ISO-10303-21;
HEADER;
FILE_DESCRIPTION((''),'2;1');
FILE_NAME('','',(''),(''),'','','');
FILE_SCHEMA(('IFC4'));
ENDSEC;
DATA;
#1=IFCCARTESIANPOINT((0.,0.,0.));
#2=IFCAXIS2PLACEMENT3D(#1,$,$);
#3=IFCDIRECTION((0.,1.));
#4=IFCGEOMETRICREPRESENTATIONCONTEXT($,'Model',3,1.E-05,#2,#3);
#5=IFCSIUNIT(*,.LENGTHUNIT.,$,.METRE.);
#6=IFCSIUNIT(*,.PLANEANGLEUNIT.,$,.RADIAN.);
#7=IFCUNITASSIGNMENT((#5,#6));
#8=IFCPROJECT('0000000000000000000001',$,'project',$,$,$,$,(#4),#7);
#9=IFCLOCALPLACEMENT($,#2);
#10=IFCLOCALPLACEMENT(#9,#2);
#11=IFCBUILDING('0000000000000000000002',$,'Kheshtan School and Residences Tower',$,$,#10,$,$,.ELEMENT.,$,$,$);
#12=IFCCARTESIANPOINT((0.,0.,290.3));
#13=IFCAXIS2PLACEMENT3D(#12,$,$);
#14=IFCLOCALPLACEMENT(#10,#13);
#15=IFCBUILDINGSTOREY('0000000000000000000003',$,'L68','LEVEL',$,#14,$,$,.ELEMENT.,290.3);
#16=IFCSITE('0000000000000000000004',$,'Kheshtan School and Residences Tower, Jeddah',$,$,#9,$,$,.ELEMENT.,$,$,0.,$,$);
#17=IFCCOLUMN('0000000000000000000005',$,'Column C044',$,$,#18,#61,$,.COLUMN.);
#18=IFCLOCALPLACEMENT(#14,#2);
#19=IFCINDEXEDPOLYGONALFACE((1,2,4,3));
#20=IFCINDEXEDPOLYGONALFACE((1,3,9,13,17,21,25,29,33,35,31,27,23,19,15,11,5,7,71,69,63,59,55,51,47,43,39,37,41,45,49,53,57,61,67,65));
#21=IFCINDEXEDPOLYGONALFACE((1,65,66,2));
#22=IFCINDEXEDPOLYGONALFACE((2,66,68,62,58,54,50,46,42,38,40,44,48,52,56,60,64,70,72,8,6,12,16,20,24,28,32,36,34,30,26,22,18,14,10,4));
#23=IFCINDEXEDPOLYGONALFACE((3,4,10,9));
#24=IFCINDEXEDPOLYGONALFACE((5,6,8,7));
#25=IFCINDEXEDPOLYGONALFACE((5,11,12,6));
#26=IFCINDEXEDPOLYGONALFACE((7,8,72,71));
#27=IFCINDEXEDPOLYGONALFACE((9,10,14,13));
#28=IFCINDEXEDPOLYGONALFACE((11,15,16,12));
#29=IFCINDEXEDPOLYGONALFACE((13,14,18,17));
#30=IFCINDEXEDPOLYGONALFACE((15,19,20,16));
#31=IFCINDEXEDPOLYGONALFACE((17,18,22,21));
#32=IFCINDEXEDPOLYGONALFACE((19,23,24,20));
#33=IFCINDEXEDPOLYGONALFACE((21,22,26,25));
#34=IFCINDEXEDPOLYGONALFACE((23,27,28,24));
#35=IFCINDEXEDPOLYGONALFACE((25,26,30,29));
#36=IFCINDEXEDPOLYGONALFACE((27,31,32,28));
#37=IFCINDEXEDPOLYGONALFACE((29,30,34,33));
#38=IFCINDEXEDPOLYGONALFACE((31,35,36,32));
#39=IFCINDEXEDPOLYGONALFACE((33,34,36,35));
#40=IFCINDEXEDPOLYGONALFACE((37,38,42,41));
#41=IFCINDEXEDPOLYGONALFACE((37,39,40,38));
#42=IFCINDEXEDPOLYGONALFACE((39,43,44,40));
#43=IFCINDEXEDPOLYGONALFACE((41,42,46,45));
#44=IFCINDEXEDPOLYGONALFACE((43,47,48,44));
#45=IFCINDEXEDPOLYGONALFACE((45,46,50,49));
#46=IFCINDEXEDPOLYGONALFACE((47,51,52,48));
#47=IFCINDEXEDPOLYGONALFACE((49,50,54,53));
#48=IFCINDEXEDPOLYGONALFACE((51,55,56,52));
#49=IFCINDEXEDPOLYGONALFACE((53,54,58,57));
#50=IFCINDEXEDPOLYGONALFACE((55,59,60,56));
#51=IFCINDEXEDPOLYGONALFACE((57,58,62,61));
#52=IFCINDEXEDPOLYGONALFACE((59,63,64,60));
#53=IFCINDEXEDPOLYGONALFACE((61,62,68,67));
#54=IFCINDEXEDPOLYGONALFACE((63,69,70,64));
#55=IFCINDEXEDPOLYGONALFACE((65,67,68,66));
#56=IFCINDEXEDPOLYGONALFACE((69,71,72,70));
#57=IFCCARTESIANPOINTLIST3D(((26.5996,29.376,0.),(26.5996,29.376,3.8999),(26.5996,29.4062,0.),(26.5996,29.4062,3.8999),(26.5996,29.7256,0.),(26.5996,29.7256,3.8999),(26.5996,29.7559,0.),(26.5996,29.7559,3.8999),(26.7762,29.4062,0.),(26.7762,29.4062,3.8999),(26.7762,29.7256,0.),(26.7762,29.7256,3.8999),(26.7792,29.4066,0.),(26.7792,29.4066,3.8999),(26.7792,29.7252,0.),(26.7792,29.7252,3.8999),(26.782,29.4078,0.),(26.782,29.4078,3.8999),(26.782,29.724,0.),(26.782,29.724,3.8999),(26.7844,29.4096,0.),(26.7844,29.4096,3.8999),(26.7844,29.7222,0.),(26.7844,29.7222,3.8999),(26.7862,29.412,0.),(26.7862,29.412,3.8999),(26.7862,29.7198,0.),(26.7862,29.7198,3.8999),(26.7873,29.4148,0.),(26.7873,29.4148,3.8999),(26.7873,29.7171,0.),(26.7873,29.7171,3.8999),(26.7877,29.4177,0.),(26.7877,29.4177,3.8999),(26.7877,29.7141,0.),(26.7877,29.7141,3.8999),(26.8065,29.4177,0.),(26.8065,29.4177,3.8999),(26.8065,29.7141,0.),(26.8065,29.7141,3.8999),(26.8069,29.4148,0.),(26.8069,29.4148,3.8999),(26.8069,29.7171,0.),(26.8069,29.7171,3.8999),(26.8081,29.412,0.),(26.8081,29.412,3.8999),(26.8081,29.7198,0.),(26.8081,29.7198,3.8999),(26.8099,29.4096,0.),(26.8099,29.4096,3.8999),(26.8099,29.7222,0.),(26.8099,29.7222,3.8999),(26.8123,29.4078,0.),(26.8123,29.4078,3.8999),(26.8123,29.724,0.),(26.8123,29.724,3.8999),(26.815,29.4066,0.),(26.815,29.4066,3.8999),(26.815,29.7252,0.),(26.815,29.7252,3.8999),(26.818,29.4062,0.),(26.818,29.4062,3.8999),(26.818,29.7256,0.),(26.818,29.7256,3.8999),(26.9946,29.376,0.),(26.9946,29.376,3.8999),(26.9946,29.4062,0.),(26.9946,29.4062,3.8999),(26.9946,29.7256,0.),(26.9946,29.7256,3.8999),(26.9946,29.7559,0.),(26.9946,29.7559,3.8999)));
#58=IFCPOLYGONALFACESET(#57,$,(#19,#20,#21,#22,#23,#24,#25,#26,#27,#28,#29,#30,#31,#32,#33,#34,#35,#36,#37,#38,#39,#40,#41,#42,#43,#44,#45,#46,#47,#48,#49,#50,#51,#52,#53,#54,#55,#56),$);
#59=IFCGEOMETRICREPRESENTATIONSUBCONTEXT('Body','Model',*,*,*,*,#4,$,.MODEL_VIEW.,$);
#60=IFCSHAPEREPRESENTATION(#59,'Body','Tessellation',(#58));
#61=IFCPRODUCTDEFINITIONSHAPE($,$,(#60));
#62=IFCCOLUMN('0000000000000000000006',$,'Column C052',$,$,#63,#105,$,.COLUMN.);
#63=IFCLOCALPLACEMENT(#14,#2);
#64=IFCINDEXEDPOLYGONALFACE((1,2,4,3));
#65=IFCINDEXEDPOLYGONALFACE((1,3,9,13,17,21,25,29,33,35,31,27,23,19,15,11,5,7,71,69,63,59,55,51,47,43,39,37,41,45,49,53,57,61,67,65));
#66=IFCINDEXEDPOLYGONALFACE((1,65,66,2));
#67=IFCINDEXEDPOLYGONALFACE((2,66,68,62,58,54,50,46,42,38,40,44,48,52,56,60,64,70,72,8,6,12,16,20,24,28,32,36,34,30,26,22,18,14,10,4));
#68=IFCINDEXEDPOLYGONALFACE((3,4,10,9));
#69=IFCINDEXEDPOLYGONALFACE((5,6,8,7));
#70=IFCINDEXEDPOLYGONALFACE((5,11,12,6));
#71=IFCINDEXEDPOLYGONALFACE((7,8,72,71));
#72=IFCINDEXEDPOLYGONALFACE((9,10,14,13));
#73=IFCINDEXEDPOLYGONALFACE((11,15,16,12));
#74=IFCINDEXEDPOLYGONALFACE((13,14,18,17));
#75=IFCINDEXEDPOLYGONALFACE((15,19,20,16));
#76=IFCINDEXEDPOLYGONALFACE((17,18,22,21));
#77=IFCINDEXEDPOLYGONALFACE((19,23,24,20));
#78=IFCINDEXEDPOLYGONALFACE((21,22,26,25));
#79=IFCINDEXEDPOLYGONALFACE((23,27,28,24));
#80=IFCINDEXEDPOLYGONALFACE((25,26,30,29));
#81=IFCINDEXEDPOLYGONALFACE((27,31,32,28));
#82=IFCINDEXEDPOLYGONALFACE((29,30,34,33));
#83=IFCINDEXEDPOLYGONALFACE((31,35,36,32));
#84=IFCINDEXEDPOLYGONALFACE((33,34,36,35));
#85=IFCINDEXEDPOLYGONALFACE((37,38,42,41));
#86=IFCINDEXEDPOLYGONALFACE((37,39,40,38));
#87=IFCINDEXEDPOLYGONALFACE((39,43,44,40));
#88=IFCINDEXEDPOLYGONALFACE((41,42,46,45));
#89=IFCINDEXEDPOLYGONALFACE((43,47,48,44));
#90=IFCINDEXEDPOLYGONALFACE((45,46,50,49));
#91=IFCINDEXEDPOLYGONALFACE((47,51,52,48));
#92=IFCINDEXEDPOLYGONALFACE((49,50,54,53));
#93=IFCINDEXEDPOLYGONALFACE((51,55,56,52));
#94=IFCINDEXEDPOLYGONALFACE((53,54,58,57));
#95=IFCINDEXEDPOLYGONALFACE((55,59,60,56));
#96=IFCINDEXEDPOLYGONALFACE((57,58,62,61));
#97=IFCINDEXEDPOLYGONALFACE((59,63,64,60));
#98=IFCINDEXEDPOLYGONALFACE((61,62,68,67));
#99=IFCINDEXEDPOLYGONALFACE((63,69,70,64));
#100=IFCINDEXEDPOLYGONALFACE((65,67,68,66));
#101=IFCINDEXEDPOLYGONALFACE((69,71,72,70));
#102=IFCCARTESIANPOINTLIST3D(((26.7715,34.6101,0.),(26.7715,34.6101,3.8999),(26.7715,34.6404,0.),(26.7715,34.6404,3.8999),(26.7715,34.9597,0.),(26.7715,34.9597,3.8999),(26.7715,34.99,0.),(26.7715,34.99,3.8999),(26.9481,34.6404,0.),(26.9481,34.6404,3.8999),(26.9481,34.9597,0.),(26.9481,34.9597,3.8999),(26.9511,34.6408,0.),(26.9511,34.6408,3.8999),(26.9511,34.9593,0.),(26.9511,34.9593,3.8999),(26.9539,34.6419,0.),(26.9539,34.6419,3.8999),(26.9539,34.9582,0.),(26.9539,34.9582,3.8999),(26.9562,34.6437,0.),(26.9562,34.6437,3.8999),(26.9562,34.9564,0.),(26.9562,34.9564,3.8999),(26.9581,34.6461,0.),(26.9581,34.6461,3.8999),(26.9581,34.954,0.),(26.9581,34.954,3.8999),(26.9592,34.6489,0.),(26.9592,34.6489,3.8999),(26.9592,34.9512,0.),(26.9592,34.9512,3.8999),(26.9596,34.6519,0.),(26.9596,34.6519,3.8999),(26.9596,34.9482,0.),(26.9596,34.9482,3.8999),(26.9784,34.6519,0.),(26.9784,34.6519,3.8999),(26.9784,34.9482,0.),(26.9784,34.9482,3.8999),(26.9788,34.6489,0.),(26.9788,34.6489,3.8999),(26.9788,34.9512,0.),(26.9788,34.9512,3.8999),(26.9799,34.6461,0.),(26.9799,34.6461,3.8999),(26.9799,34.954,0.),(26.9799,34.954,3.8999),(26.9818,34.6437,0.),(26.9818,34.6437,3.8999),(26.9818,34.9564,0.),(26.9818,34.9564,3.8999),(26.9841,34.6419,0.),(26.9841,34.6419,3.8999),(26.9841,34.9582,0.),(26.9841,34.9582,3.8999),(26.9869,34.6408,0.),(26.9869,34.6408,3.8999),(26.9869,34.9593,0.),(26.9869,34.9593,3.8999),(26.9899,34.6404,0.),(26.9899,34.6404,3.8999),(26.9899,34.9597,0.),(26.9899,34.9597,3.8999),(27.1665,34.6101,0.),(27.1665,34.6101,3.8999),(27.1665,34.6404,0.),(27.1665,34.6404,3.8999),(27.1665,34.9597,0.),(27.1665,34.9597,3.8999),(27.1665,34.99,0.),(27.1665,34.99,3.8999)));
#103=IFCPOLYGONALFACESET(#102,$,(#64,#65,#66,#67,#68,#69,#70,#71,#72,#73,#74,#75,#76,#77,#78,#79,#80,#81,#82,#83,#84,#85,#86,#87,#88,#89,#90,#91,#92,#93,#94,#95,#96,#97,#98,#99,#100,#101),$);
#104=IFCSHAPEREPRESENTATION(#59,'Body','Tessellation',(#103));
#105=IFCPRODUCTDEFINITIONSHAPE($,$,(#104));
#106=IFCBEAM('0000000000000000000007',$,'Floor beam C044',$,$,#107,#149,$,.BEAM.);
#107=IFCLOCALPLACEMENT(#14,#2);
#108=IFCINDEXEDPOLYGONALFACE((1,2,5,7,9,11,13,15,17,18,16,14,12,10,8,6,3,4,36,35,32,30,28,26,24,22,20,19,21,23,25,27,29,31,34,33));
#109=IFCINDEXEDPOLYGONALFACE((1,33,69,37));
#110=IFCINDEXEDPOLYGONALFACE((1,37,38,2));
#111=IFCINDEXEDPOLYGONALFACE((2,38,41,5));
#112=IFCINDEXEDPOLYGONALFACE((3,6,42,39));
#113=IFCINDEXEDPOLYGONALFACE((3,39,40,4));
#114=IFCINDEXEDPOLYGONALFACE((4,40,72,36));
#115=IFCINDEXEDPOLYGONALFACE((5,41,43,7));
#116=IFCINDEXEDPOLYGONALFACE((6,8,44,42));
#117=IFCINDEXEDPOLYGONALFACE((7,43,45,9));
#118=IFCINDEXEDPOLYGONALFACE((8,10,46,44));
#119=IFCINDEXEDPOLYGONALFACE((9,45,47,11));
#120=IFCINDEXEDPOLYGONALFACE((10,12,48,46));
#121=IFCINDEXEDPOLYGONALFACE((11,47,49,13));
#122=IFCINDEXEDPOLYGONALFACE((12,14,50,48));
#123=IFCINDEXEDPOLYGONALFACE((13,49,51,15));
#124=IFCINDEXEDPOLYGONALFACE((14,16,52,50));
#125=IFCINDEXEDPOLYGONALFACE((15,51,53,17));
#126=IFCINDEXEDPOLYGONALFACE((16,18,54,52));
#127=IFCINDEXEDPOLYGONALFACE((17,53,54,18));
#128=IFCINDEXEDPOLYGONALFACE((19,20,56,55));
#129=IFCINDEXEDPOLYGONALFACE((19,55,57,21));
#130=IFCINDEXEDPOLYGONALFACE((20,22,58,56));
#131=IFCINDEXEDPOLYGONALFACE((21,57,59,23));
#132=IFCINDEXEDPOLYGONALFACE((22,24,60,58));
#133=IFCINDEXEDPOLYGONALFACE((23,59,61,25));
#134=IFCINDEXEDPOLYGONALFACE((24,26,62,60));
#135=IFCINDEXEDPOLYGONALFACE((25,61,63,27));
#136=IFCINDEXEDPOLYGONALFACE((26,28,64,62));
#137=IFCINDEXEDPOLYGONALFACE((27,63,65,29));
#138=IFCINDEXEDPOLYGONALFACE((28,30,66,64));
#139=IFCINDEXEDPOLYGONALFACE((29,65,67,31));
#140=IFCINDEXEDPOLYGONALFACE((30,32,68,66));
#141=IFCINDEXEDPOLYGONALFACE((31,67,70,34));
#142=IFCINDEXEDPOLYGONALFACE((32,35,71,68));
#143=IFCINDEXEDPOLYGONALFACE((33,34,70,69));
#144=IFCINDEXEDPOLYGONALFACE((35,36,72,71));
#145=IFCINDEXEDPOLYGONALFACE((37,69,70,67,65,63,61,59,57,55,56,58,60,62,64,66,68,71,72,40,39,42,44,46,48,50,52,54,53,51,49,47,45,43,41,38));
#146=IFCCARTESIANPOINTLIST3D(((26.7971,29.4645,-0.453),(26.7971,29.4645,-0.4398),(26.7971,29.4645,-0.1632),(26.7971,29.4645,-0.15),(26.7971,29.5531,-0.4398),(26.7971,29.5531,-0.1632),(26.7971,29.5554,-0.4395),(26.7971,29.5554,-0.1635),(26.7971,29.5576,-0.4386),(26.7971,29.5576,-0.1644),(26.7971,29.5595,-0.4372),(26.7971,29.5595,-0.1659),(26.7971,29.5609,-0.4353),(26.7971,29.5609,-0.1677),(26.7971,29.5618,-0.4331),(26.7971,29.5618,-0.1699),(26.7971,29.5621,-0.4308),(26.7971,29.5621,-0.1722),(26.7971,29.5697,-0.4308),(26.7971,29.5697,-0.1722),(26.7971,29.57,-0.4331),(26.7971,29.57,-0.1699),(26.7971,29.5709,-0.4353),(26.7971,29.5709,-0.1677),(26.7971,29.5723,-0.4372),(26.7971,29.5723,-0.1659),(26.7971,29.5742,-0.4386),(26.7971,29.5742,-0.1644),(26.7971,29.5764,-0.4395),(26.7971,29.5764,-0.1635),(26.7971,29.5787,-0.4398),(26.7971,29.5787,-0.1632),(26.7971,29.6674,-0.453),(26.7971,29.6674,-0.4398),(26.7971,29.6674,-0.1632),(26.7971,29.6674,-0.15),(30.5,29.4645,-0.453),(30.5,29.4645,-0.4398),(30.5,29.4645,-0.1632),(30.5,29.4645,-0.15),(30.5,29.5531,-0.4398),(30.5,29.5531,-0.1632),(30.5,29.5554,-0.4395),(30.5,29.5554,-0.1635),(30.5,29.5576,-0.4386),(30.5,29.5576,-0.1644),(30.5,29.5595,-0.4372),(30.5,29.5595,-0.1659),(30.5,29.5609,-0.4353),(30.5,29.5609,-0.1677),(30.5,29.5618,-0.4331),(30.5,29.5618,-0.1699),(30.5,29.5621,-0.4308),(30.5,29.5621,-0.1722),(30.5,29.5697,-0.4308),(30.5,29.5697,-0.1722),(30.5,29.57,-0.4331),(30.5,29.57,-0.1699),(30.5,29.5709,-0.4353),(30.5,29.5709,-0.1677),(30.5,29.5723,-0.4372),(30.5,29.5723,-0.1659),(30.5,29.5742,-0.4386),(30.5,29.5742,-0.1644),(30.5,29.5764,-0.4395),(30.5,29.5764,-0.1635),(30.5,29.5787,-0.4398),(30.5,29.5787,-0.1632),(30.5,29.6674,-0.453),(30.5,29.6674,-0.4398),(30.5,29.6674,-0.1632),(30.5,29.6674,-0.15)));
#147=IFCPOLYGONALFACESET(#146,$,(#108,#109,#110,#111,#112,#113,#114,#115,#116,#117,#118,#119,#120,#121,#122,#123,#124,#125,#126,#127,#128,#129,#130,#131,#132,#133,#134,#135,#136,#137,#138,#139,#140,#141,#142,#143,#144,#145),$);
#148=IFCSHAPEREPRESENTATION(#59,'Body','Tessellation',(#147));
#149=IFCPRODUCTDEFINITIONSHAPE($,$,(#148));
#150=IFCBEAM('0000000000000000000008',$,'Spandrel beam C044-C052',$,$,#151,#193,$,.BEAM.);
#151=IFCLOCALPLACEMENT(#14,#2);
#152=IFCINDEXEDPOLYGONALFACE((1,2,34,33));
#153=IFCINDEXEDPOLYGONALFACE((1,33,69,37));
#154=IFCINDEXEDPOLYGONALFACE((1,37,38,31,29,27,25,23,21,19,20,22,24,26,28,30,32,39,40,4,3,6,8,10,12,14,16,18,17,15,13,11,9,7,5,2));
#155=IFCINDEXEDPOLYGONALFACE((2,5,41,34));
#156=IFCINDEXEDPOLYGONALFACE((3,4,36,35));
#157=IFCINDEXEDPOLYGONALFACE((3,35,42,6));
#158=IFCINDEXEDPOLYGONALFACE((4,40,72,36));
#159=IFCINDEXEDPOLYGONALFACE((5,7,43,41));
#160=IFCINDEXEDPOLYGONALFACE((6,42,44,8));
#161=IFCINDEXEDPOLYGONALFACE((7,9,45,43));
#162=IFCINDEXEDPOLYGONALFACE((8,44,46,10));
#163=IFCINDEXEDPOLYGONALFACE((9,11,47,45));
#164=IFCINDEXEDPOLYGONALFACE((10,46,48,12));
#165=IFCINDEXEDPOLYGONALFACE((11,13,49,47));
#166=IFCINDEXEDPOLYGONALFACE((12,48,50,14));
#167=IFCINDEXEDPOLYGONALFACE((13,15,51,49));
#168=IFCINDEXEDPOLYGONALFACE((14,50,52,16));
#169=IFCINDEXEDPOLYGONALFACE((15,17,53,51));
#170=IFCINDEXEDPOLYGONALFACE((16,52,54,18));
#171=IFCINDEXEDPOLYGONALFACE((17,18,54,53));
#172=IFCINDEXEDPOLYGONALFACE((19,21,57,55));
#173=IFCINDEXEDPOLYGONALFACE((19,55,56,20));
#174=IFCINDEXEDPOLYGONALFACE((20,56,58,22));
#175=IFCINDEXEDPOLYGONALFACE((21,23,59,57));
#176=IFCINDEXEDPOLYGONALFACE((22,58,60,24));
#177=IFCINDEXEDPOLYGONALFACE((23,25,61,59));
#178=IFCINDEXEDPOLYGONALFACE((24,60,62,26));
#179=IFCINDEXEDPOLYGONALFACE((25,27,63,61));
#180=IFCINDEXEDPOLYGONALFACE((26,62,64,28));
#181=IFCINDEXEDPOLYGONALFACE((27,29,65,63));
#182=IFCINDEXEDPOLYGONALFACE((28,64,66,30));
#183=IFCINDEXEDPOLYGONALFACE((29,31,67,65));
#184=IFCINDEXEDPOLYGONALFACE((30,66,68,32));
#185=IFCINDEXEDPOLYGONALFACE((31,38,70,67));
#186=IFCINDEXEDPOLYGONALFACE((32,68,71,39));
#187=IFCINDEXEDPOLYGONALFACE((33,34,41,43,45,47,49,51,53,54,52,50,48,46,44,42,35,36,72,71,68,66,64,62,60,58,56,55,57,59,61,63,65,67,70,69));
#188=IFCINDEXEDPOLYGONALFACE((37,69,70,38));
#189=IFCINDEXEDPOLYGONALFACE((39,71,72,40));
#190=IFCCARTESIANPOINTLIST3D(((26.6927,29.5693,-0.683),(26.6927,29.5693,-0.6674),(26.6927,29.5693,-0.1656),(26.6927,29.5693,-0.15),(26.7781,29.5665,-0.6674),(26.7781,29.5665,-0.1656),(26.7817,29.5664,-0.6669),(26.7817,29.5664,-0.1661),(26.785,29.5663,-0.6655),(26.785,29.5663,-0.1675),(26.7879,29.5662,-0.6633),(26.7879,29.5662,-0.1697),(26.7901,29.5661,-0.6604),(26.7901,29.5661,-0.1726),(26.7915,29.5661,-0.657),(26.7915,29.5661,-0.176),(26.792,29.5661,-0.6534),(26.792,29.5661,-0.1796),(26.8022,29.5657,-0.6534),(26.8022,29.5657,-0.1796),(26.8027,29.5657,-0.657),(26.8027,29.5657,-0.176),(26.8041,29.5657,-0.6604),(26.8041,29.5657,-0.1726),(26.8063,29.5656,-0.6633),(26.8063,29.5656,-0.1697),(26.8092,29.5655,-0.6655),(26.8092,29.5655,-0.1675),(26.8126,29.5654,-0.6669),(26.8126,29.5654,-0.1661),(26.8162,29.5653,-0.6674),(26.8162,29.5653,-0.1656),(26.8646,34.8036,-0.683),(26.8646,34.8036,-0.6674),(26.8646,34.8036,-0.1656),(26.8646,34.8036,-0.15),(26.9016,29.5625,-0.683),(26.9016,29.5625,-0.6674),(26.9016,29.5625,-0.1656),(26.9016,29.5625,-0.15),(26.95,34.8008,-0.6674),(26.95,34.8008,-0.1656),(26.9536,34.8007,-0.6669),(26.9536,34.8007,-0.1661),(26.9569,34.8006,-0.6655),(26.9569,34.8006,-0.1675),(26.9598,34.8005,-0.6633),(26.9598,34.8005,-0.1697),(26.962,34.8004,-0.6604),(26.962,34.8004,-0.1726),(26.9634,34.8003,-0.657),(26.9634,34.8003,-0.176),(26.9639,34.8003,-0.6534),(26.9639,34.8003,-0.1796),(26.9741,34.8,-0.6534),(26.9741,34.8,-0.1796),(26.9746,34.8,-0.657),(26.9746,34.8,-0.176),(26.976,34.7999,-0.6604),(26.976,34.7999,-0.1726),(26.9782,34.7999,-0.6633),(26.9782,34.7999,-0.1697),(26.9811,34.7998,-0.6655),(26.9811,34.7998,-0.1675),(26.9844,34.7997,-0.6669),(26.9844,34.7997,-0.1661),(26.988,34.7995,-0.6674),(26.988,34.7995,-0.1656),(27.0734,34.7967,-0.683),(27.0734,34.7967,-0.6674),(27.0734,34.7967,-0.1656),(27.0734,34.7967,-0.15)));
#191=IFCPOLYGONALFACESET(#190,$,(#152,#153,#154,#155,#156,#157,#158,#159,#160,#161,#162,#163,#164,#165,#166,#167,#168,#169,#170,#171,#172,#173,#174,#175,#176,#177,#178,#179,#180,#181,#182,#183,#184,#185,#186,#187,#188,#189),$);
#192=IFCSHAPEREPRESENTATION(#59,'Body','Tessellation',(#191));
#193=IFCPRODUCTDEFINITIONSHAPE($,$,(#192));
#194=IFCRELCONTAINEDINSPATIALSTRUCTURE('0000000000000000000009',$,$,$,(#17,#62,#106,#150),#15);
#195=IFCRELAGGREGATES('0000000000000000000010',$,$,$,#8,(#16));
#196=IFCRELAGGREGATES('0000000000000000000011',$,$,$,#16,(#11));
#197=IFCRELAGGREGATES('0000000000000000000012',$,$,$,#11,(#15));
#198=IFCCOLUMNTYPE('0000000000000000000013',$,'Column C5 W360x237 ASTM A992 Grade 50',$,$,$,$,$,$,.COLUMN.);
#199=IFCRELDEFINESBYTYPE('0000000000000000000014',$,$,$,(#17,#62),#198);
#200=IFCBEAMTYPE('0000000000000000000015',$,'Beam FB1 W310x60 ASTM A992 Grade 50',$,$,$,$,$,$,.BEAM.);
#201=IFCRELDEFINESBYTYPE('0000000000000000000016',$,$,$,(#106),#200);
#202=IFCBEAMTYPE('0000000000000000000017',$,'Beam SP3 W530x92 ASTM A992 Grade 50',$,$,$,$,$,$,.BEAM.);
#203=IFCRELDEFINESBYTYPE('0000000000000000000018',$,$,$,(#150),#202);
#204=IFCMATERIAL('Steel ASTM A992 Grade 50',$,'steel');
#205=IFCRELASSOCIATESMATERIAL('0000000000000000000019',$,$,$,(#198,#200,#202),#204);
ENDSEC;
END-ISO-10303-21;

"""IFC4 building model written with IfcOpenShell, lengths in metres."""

from ifc_helpers import new_model, si_unit, direction, frame, origin, origin_2d, place, context, subcontext, project, spatial, i_section, extrude, material, material_profile, profile_set, type_object, element, save


model = new_model("IFC4")

# Units and contexts
model_context = context("Model", 3, precision=1e-05, world=origin(), true_north=direction((0.0, 1.0)))
body_context = subcontext(model_context, "Body", "Model", "MODEL_VIEW")
ifc_project = project(units=[si_unit("LENGTHUNIT", "METRE"), si_unit("PLANEANGLEUNIT", "RADIAN")], contexts=[model_context])

# Site, building, storey
site_placement = place(None, origin())
site = spatial("IfcSite", under=ifc_project, at=site_placement, Name="Kheshtan School and Residences Tower, Jeddah", CompositionType="ELEMENT", RefElevation=0.0)
building_placement = place(site_placement, origin())
building = spatial("IfcBuilding", under=site, at=building_placement, Name="Kheshtan School and Residences Tower", CompositionType="ELEMENT")
storey_placement = place(building_placement, frame((0.0, 0.0, 290.3)))
storey = spatial("IfcBuildingStorey", under=building, at=storey_placement, Name="L68", Description="LEVEL", CompositionType="ELEMENT", Elevation=290.3)

# Columns
ifc_material_1 = material(Name="Steel ASTM A992 Grade 50", Category="steel")
ifc_material_profile_1 = material_profile(ifc_material_1, i_section(OverallWidth=0.395, OverallDepth=0.3799, WebThickness=0.0188, FlangeThickness=0.0303, FilletRadius=0.0115, at=origin_2d()), Name="W360x237")
ifc_profile_set_1 = profile_set([ifc_material_profile_1], Name="Steel ASTM A992 Grade 50")
column_type = type_object("IfcColumnType", Name="Column C5 W360x237 ASTM A992 Grade 50", PredefinedType="COLUMN", material=ifc_profile_set_1)
for number, where, z_axis, x_axis, name in (
    (1, (26.7971, 29.5659, 0.0), (0.0, 0.0, 1.0), (1.0, 0.0, 0.0), "Column C044"),
    (2, (26.969, 34.8, 0.0), (0.0, 0.0, 1.0), (1.0, 0.0, 0.0), "Column C052"),
):
    element("IfcColumn", number, at=place(storey_placement, frame(where, z_axis=z_axis, x_axis=x_axis)), inside=storey, type_object=column_type, Name=name, PredefinedType="COLUMN", context=body_context, shape_type="SweptSolid", body=[
        extrude(i_section(OverallWidth=0.395, OverallDepth=0.3799, WebThickness=0.0188, FlangeThickness=0.0303, FilletRadius=0.0115, at=origin_2d()), origin(), (0.0, 0.0, 1.0), 3.8999),
    ])

# Beams
ifc_material_profile_2 = material_profile(ifc_material_1, i_section(OverallWidth=0.2029, OverallDepth=0.303, WebThickness=0.0076, FlangeThickness=0.0132, FilletRadius=0.009, at=origin_2d()), Name="W310x60")
ifc_profile_set_2 = profile_set([ifc_material_profile_2], Name="Steel ASTM A992 Grade 50")
beam_type_1 = type_object("IfcBeamType", Name="Beam FB1 W310x60 ASTM A992 Grade 50", PredefinedType="BEAM", material=ifc_profile_set_2)
beam_1_placement = place(storey_placement, frame((26.7971, 29.5659, -0.3015), z_axis=(1.0, 0.0, 0.0), x_axis=(0.0, 1.0, 0.0)))
element("IfcBeam", 3, at=beam_1_placement, inside=storey, type_object=beam_type_1, Name="Floor beam C044", PredefinedType="BEAM", context=body_context, shape_type="SweptSolid", body=[
    extrude(i_section(OverallWidth=0.2029, OverallDepth=0.303, WebThickness=0.0076, FlangeThickness=0.0132, FilletRadius=0.009, at=origin_2d()), origin(), (0.0, 0.0, 1.0), 3.7029),
])
ifc_material_profile_3 = material_profile(ifc_material_1, i_section(OverallWidth=0.209, OverallDepth=0.533, WebThickness=0.0103, FlangeThickness=0.0156, FilletRadius=0.0139, at=origin_2d()), Name="W530x92")
ifc_profile_set_3 = profile_set([ifc_material_profile_3], Name="Steel ASTM A992 Grade 50")
beam_type_2 = type_object("IfcBeamType", Name="Beam SP3 W530x92 ASTM A992 Grade 50", PredefinedType="BEAM", material=ifc_profile_set_3)
beam_2_placement = place(storey_placement, frame((26.7971, 29.5659, -0.4165), z_axis=(0.03282, 0.999461, 0.0), x_axis=(-0.999461, 0.03282, 0.0)))
element("IfcBeam", 4, at=beam_2_placement, inside=storey, type_object=beam_type_2, Name="Spandrel beam C044-C052", PredefinedType="BEAM", context=body_context, shape_type="SweptSolid", body=[
    extrude(i_section(OverallWidth=0.209, OverallDepth=0.533, WebThickness=0.0103, FlangeThickness=0.0156, FilletRadius=0.0139, at=origin_2d()), origin(), (0.0, 0.0, 1.0), 5.2371),
])

save(model, "model.ifc")
